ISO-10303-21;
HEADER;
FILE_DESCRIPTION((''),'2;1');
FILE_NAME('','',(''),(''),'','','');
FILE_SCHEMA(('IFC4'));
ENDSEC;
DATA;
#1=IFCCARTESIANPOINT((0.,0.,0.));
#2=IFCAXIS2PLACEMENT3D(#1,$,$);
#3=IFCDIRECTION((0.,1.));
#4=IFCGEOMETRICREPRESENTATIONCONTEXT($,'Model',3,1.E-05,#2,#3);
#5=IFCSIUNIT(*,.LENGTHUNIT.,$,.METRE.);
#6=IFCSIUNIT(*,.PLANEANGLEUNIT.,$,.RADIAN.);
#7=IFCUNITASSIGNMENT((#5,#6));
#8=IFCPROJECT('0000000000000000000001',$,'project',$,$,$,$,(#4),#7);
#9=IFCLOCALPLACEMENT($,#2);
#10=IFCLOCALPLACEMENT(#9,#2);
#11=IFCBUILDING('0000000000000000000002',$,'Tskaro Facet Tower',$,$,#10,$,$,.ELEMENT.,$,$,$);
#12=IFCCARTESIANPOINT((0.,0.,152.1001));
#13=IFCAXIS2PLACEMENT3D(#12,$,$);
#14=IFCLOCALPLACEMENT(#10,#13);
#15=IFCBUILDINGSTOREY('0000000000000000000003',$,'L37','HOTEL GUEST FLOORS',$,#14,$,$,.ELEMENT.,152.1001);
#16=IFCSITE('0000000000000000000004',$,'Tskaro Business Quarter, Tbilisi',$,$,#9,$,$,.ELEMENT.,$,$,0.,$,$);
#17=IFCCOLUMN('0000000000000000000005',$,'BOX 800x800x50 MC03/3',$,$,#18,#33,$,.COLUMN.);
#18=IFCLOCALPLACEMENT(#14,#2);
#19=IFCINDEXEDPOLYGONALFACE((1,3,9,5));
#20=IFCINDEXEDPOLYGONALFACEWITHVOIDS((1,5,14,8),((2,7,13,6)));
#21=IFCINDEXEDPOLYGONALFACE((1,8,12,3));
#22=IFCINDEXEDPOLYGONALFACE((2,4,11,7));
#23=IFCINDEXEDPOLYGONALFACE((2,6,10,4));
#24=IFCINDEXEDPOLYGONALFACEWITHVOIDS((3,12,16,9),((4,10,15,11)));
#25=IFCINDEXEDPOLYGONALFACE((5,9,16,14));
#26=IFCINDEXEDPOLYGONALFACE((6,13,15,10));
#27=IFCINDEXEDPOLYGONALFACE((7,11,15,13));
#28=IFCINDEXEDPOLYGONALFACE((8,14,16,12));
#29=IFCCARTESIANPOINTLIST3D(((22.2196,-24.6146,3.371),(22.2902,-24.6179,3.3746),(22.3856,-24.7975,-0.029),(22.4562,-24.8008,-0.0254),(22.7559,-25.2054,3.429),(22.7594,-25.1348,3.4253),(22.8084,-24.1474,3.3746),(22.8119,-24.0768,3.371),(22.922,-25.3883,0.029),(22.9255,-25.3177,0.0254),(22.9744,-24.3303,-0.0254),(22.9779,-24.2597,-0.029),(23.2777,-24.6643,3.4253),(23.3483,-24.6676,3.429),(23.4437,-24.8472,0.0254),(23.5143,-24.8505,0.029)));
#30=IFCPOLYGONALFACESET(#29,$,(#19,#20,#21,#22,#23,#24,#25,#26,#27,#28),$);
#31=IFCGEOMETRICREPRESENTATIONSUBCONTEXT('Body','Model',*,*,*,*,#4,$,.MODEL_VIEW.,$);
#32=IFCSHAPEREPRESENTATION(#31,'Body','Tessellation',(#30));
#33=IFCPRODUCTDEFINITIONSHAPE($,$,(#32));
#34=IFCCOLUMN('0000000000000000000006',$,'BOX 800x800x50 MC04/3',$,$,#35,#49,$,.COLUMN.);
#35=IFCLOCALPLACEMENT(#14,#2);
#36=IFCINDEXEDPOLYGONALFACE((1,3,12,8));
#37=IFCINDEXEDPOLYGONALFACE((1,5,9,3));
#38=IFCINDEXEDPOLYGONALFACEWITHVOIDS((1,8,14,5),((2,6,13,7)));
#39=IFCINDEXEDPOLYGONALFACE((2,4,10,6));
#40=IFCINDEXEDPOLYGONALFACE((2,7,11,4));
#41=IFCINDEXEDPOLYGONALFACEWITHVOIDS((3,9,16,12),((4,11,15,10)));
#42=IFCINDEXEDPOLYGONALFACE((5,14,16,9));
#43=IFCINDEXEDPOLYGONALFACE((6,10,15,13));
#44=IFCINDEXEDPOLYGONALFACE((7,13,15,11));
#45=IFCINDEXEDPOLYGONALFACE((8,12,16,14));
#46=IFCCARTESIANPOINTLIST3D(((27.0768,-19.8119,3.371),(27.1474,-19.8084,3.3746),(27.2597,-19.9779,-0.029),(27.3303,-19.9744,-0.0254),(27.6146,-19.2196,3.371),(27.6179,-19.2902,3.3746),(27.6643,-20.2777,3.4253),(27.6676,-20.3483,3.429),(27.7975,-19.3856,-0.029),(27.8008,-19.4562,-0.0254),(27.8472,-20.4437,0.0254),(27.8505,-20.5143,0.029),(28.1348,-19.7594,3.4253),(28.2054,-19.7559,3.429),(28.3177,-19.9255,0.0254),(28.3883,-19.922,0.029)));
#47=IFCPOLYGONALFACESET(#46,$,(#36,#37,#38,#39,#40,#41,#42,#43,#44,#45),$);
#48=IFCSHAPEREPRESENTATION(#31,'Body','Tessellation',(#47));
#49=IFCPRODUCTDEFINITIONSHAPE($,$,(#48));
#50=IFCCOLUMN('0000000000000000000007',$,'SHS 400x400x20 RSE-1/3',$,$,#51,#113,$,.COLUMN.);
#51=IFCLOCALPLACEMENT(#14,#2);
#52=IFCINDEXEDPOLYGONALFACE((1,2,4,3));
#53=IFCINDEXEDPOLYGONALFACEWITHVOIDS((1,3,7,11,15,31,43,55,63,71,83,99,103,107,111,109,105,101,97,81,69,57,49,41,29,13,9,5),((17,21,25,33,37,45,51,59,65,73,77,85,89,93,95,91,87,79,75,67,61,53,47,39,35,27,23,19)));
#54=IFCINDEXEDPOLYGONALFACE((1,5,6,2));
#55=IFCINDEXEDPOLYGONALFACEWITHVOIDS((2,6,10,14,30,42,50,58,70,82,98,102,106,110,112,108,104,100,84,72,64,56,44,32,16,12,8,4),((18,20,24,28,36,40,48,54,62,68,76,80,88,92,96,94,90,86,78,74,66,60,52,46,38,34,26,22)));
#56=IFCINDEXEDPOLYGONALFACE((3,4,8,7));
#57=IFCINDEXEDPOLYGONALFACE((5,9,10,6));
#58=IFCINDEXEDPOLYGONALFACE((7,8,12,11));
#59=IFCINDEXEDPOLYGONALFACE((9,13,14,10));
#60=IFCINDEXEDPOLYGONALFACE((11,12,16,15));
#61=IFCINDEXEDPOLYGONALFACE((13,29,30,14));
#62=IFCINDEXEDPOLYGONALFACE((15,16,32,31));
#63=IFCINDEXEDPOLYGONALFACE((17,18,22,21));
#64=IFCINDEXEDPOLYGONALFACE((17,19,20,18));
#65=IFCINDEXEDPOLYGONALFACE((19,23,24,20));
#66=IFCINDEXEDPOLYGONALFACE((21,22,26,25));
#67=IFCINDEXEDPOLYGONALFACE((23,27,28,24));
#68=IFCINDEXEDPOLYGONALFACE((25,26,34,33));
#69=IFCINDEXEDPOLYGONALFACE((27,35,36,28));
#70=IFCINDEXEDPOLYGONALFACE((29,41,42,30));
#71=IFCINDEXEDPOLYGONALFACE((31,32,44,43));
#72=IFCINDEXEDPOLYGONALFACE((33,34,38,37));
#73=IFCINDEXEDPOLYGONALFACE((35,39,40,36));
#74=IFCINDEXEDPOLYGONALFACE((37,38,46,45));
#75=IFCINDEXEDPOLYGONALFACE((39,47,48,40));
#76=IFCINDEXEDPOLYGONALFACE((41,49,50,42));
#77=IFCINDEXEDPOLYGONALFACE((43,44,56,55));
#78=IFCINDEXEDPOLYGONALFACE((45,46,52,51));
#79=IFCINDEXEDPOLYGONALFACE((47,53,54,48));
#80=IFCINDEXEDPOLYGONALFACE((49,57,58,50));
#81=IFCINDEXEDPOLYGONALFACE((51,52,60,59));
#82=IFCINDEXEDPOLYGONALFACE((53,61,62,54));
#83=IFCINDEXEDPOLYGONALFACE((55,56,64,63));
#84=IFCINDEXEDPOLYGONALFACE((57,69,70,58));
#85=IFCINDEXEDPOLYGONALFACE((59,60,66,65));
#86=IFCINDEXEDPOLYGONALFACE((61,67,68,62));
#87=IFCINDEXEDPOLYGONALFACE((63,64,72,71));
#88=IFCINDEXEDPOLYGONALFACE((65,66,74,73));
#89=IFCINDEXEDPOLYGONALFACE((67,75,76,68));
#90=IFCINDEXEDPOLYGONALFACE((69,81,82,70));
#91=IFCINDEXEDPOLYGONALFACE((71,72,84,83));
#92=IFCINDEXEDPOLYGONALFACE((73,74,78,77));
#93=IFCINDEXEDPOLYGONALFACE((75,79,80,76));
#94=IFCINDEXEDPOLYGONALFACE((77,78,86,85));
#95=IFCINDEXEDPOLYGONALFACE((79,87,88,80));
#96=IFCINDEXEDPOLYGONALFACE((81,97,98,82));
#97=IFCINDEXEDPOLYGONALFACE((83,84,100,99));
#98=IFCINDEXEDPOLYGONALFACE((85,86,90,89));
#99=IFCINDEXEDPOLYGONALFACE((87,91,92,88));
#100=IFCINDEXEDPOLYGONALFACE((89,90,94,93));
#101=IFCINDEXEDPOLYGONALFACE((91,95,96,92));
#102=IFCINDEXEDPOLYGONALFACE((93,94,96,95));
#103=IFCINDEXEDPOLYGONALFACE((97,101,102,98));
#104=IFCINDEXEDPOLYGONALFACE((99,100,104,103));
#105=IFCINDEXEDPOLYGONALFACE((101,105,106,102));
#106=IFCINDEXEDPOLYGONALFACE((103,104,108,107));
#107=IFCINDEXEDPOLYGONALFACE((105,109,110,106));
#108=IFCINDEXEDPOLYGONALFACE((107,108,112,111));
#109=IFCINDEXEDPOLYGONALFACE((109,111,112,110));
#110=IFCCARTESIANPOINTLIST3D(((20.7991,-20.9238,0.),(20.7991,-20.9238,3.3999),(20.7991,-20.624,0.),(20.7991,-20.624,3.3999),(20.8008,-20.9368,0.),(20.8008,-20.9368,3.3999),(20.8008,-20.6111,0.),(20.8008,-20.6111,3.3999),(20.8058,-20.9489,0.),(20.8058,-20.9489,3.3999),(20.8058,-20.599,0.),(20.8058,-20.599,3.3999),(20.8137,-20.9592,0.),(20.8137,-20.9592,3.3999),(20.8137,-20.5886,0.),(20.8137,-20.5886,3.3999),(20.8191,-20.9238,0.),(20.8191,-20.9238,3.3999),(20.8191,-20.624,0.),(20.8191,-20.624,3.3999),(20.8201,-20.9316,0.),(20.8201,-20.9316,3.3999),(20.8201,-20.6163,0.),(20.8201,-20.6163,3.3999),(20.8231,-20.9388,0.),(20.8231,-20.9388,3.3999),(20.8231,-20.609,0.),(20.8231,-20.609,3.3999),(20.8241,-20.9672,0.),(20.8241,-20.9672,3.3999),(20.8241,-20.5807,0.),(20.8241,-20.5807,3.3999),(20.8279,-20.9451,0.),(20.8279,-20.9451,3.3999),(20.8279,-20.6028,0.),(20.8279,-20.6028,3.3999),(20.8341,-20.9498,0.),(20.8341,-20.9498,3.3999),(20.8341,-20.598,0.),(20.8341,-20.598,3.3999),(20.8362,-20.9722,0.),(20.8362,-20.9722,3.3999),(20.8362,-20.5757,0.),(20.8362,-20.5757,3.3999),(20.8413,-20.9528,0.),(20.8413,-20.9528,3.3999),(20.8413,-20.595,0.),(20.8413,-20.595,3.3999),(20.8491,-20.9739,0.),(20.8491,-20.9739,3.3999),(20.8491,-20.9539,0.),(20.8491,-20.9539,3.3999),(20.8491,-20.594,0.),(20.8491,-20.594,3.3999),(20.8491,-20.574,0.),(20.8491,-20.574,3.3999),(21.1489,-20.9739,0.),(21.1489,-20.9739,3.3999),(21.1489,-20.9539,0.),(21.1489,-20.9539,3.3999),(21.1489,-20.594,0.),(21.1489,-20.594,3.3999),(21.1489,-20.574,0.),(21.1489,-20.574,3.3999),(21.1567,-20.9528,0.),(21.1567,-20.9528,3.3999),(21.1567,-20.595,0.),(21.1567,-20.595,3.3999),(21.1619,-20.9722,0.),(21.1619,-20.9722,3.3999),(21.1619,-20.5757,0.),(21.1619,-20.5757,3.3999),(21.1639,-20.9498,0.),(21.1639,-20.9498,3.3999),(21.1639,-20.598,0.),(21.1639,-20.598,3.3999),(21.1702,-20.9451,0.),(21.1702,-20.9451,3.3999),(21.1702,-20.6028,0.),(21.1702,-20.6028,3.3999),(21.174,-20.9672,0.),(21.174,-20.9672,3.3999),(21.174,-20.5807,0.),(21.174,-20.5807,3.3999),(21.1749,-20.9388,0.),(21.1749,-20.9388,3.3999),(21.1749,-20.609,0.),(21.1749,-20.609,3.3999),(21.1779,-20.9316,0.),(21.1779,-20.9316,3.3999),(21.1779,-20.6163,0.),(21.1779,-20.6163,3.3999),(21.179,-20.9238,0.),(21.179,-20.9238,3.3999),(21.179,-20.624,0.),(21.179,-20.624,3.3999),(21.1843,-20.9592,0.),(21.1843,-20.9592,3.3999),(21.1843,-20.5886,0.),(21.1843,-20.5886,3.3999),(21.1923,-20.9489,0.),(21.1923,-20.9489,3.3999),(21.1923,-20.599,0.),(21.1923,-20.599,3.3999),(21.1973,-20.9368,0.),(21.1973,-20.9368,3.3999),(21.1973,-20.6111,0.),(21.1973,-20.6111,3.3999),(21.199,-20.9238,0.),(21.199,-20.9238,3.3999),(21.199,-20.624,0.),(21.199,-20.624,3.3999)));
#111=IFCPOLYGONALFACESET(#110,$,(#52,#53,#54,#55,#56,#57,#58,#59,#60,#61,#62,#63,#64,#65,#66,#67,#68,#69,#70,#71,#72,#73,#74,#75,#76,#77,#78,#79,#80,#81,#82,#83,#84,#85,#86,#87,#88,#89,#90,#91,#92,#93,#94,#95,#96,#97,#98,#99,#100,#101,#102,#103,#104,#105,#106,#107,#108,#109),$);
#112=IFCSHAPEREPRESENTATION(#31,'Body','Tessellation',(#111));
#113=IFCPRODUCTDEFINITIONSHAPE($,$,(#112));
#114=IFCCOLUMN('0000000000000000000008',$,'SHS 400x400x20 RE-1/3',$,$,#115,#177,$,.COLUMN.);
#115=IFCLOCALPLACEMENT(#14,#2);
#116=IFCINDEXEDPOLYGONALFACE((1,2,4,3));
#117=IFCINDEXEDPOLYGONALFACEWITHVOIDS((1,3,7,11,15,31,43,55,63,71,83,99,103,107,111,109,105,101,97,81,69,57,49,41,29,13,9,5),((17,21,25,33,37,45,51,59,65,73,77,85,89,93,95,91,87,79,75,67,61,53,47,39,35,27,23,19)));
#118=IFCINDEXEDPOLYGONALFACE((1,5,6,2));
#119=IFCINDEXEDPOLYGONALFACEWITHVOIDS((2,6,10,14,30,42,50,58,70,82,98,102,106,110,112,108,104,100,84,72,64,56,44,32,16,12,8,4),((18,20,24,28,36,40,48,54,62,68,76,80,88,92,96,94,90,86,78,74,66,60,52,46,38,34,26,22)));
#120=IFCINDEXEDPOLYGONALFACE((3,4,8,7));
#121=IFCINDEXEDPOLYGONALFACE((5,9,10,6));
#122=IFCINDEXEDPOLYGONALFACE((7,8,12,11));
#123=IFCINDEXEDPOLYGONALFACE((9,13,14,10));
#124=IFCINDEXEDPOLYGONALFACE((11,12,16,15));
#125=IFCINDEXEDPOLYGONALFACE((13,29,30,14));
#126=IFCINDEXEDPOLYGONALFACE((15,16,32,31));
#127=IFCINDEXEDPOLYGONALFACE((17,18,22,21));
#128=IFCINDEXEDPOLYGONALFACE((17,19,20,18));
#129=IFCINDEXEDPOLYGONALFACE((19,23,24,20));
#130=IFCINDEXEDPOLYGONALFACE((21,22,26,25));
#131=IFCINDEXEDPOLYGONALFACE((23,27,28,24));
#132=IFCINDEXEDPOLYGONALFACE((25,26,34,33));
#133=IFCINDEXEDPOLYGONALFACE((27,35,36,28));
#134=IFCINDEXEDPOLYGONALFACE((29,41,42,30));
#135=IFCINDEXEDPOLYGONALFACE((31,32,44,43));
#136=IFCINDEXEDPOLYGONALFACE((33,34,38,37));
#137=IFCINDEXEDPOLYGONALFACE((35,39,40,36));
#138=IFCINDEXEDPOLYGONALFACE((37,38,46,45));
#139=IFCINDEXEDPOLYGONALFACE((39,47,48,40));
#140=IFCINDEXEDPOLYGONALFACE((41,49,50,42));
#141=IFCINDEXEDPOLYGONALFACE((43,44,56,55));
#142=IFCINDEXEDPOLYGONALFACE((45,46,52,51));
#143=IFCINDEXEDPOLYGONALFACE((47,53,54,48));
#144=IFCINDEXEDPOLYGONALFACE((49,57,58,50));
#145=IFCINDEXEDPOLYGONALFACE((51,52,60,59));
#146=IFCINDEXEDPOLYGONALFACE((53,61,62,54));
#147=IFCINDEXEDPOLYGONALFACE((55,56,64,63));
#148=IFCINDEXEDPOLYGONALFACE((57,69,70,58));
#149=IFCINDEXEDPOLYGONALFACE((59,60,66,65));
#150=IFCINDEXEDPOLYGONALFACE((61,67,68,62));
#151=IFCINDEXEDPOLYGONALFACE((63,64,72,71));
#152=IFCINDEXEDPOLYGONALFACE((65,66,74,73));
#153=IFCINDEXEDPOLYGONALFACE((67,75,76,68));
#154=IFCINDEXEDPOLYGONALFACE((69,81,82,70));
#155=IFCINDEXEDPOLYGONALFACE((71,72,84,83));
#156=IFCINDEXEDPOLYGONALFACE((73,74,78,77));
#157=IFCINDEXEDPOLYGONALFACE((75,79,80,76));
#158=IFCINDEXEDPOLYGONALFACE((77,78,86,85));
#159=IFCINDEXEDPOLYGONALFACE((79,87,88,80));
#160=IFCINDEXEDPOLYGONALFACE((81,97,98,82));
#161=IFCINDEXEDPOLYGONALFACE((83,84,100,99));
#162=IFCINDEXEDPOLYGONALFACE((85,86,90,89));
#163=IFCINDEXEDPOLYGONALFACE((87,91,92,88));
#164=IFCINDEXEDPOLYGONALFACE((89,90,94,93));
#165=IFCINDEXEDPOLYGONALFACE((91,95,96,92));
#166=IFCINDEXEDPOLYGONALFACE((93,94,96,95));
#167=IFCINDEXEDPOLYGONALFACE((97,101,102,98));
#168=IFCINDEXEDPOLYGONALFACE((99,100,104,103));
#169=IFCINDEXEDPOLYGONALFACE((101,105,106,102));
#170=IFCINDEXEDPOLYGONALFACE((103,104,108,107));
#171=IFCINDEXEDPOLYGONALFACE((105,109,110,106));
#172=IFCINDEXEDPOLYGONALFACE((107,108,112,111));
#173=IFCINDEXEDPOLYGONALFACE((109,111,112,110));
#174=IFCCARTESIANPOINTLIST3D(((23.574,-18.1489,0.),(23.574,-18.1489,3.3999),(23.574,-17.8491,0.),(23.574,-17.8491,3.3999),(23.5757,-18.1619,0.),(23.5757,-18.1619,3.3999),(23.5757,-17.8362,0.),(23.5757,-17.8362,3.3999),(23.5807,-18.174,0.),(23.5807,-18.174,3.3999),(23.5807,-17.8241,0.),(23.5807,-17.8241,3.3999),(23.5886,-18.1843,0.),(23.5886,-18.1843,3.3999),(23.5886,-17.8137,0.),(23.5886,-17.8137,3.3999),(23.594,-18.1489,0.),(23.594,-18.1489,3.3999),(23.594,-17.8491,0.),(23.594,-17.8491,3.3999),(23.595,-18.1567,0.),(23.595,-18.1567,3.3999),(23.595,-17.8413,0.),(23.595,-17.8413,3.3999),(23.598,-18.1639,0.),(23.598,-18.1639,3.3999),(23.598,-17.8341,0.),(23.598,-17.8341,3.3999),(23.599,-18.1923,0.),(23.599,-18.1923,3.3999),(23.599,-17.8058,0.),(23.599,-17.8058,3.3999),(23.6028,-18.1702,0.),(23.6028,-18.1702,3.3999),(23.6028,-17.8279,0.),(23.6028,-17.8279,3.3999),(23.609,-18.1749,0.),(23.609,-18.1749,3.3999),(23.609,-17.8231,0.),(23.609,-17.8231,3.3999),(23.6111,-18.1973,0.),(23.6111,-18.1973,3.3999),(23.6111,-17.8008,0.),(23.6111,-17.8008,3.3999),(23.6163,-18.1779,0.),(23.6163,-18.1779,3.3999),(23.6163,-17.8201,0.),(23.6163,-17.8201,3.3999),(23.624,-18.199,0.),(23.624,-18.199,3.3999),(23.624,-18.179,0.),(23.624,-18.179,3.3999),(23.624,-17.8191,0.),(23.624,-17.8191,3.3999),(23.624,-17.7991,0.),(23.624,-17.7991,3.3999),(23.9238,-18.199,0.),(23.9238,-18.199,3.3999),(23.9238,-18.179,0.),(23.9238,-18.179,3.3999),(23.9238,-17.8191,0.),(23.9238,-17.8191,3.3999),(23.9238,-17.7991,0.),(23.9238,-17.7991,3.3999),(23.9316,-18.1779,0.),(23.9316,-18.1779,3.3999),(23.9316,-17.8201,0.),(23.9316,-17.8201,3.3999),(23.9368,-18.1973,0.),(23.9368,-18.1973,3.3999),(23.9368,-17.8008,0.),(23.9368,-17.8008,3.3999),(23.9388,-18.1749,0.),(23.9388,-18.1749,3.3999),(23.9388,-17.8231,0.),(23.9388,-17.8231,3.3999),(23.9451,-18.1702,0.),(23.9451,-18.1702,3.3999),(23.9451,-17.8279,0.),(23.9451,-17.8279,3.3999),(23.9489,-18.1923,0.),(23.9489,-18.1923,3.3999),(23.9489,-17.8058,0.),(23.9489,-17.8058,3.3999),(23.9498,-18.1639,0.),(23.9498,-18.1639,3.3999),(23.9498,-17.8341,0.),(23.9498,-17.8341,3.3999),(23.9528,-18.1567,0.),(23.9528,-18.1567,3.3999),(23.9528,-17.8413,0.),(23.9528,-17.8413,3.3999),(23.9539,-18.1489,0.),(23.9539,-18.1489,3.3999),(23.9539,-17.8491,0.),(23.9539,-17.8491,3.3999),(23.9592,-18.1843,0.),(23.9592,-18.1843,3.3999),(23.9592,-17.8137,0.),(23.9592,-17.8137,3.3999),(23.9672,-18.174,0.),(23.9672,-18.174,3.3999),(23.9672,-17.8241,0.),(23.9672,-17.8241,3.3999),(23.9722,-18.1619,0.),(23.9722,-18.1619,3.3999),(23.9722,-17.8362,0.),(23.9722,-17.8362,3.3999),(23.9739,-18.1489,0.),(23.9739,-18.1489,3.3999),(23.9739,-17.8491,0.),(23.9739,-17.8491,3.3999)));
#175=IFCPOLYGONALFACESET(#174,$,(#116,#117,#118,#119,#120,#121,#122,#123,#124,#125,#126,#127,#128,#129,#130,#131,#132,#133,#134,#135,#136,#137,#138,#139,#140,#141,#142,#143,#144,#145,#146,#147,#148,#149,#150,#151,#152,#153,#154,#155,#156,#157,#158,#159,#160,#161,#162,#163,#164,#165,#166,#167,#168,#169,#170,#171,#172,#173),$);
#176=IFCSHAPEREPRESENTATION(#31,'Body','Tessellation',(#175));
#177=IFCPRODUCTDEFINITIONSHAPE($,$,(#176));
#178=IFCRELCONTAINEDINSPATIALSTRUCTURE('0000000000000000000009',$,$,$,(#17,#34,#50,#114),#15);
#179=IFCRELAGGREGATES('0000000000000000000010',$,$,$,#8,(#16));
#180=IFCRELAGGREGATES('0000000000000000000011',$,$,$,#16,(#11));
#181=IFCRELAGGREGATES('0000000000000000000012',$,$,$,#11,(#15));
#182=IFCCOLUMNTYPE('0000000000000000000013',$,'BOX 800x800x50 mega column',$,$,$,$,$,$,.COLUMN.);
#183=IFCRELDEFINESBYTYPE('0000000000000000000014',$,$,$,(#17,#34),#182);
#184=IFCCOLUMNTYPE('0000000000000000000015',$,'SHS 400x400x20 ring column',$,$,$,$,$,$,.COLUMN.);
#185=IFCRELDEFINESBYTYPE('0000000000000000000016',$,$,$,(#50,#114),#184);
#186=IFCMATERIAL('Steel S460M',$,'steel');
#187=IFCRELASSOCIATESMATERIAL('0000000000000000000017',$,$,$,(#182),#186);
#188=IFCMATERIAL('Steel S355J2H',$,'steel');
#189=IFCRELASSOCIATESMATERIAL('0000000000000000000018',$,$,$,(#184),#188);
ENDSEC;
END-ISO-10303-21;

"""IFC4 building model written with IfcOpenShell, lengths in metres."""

from ifc_helpers import new_model, si_unit, direction, frame, origin, origin_2d, place, context, subcontext, project, spatial, hollow_rectangle, extrude, material, material_profile, profile_set, type_object, element, save


model = new_model("IFC4")

# Units and contexts
model_context = context("Model", 3, precision=1e-05, world=origin(), true_north=direction((0.0, 1.0)))
body_context = subcontext(model_context, "Body", "Model", "MODEL_VIEW")
ifc_project = project(units=[si_unit("LENGTHUNIT", "METRE"), si_unit("PLANEANGLEUNIT", "RADIAN")], contexts=[model_context])

# Site, building, storey
site_placement = place(None, origin())
site = spatial("IfcSite", under=ifc_project, at=site_placement, Name="Tskaro Business Quarter, Tbilisi", CompositionType="ELEMENT", RefElevation=0.0)
building_placement = place(site_placement, origin())
building = spatial("IfcBuilding", under=site, at=building_placement, Name="Tskaro Facet Tower", CompositionType="ELEMENT")
storey_placement = place(building_placement, frame((0.0, 0.0, 152.1001)))
storey = spatial("IfcBuildingStorey", under=building, at=storey_placement, Name="L37", Description="HOTEL GUEST FLOORS", CompositionType="ELEMENT", Elevation=152.1001)

# Columns
ifc_material_1 = material(Name="Steel S460M", Category="steel")
ifc_material_profile_1 = material_profile(ifc_material_1, hollow_rectangle(XDim=0.8, YDim=0.8, WallThickness=0.05, at=origin_2d()), Name="BOX 800x800x50")
ifc_profile_set_1 = profile_set([ifc_material_profile_1], Name="Steel S460M")
column_type_1 = type_object("IfcColumnType", Name="BOX 800x800x50 mega column", PredefinedType="COLUMN", material=ifc_profile_set_1)
for number, where, z_axis, x_axis, name in (
    (1, (22.95, -24.824, 0.0), (-0.048701, 0.053643, 0.997372), (-0.740387, -0.672181, 0.0), "BOX 800x800x50 MC03/3"),
    (2, (27.824, -19.95, 0.0), (-0.053643, 0.048701, 0.997372), (-0.672181, -0.740387, 0.0), "BOX 800x800x50 MC04/3"),
):
    element("IfcColumn", number, at=place(storey_placement, frame(where, z_axis=z_axis, x_axis=x_axis)), inside=storey, type_object=column_type_1, Name=name, PredefinedType="COLUMN", context=body_context, shape_type="SweptSolid", body=[
        extrude(hollow_rectangle(XDim=0.8, YDim=0.8, WallThickness=0.05, at=origin_2d()), origin(), (0.0, 0.0, 1.0), 3.4089),
    ])
ifc_material_2 = material(Name="Steel S355J2H", Category="steel")
ifc_material_profile_2 = material_profile(ifc_material_2, hollow_rectangle(XDim=0.3999, YDim=0.3999, WallThickness=0.02, InnerFilletRadius=0.03, OuterFilletRadius=0.05, at=origin_2d()), Name="SHS 400x400x20")
ifc_profile_set_2 = profile_set([ifc_material_profile_2], Name="Steel S355J2H")
column_type_2 = type_object("IfcColumnType", Name="SHS 400x400x20 ring column", PredefinedType="COLUMN", material=ifc_profile_set_2)
for number, where, z_axis, x_axis, name in (
    (3, (20.999, -20.7739, 0.0), (0.0, 0.0, 1.0), (1.0, 0.0, 0.0), "SHS 400x400x20 RSE-1/3"),
    (4, (23.7739, -17.999, 0.0), (0.0, 0.0, 1.0), (1.0, 0.0, 0.0), "SHS 400x400x20 RE-1/3"),
):
    element("IfcColumn", number, at=place(storey_placement, frame(where, z_axis=z_axis, x_axis=x_axis)), inside=storey, type_object=column_type_2, Name=name, PredefinedType="COLUMN", context=body_context, shape_type="SweptSolid", body=[
        extrude(hollow_rectangle(XDim=0.3999, YDim=0.3999, WallThickness=0.02, InnerFilletRadius=0.03, OuterFilletRadius=0.05, at=origin_2d()), origin(), (0.0, 0.0, 1.0), 3.3999),
    ])

save(model, "model.ifc")
